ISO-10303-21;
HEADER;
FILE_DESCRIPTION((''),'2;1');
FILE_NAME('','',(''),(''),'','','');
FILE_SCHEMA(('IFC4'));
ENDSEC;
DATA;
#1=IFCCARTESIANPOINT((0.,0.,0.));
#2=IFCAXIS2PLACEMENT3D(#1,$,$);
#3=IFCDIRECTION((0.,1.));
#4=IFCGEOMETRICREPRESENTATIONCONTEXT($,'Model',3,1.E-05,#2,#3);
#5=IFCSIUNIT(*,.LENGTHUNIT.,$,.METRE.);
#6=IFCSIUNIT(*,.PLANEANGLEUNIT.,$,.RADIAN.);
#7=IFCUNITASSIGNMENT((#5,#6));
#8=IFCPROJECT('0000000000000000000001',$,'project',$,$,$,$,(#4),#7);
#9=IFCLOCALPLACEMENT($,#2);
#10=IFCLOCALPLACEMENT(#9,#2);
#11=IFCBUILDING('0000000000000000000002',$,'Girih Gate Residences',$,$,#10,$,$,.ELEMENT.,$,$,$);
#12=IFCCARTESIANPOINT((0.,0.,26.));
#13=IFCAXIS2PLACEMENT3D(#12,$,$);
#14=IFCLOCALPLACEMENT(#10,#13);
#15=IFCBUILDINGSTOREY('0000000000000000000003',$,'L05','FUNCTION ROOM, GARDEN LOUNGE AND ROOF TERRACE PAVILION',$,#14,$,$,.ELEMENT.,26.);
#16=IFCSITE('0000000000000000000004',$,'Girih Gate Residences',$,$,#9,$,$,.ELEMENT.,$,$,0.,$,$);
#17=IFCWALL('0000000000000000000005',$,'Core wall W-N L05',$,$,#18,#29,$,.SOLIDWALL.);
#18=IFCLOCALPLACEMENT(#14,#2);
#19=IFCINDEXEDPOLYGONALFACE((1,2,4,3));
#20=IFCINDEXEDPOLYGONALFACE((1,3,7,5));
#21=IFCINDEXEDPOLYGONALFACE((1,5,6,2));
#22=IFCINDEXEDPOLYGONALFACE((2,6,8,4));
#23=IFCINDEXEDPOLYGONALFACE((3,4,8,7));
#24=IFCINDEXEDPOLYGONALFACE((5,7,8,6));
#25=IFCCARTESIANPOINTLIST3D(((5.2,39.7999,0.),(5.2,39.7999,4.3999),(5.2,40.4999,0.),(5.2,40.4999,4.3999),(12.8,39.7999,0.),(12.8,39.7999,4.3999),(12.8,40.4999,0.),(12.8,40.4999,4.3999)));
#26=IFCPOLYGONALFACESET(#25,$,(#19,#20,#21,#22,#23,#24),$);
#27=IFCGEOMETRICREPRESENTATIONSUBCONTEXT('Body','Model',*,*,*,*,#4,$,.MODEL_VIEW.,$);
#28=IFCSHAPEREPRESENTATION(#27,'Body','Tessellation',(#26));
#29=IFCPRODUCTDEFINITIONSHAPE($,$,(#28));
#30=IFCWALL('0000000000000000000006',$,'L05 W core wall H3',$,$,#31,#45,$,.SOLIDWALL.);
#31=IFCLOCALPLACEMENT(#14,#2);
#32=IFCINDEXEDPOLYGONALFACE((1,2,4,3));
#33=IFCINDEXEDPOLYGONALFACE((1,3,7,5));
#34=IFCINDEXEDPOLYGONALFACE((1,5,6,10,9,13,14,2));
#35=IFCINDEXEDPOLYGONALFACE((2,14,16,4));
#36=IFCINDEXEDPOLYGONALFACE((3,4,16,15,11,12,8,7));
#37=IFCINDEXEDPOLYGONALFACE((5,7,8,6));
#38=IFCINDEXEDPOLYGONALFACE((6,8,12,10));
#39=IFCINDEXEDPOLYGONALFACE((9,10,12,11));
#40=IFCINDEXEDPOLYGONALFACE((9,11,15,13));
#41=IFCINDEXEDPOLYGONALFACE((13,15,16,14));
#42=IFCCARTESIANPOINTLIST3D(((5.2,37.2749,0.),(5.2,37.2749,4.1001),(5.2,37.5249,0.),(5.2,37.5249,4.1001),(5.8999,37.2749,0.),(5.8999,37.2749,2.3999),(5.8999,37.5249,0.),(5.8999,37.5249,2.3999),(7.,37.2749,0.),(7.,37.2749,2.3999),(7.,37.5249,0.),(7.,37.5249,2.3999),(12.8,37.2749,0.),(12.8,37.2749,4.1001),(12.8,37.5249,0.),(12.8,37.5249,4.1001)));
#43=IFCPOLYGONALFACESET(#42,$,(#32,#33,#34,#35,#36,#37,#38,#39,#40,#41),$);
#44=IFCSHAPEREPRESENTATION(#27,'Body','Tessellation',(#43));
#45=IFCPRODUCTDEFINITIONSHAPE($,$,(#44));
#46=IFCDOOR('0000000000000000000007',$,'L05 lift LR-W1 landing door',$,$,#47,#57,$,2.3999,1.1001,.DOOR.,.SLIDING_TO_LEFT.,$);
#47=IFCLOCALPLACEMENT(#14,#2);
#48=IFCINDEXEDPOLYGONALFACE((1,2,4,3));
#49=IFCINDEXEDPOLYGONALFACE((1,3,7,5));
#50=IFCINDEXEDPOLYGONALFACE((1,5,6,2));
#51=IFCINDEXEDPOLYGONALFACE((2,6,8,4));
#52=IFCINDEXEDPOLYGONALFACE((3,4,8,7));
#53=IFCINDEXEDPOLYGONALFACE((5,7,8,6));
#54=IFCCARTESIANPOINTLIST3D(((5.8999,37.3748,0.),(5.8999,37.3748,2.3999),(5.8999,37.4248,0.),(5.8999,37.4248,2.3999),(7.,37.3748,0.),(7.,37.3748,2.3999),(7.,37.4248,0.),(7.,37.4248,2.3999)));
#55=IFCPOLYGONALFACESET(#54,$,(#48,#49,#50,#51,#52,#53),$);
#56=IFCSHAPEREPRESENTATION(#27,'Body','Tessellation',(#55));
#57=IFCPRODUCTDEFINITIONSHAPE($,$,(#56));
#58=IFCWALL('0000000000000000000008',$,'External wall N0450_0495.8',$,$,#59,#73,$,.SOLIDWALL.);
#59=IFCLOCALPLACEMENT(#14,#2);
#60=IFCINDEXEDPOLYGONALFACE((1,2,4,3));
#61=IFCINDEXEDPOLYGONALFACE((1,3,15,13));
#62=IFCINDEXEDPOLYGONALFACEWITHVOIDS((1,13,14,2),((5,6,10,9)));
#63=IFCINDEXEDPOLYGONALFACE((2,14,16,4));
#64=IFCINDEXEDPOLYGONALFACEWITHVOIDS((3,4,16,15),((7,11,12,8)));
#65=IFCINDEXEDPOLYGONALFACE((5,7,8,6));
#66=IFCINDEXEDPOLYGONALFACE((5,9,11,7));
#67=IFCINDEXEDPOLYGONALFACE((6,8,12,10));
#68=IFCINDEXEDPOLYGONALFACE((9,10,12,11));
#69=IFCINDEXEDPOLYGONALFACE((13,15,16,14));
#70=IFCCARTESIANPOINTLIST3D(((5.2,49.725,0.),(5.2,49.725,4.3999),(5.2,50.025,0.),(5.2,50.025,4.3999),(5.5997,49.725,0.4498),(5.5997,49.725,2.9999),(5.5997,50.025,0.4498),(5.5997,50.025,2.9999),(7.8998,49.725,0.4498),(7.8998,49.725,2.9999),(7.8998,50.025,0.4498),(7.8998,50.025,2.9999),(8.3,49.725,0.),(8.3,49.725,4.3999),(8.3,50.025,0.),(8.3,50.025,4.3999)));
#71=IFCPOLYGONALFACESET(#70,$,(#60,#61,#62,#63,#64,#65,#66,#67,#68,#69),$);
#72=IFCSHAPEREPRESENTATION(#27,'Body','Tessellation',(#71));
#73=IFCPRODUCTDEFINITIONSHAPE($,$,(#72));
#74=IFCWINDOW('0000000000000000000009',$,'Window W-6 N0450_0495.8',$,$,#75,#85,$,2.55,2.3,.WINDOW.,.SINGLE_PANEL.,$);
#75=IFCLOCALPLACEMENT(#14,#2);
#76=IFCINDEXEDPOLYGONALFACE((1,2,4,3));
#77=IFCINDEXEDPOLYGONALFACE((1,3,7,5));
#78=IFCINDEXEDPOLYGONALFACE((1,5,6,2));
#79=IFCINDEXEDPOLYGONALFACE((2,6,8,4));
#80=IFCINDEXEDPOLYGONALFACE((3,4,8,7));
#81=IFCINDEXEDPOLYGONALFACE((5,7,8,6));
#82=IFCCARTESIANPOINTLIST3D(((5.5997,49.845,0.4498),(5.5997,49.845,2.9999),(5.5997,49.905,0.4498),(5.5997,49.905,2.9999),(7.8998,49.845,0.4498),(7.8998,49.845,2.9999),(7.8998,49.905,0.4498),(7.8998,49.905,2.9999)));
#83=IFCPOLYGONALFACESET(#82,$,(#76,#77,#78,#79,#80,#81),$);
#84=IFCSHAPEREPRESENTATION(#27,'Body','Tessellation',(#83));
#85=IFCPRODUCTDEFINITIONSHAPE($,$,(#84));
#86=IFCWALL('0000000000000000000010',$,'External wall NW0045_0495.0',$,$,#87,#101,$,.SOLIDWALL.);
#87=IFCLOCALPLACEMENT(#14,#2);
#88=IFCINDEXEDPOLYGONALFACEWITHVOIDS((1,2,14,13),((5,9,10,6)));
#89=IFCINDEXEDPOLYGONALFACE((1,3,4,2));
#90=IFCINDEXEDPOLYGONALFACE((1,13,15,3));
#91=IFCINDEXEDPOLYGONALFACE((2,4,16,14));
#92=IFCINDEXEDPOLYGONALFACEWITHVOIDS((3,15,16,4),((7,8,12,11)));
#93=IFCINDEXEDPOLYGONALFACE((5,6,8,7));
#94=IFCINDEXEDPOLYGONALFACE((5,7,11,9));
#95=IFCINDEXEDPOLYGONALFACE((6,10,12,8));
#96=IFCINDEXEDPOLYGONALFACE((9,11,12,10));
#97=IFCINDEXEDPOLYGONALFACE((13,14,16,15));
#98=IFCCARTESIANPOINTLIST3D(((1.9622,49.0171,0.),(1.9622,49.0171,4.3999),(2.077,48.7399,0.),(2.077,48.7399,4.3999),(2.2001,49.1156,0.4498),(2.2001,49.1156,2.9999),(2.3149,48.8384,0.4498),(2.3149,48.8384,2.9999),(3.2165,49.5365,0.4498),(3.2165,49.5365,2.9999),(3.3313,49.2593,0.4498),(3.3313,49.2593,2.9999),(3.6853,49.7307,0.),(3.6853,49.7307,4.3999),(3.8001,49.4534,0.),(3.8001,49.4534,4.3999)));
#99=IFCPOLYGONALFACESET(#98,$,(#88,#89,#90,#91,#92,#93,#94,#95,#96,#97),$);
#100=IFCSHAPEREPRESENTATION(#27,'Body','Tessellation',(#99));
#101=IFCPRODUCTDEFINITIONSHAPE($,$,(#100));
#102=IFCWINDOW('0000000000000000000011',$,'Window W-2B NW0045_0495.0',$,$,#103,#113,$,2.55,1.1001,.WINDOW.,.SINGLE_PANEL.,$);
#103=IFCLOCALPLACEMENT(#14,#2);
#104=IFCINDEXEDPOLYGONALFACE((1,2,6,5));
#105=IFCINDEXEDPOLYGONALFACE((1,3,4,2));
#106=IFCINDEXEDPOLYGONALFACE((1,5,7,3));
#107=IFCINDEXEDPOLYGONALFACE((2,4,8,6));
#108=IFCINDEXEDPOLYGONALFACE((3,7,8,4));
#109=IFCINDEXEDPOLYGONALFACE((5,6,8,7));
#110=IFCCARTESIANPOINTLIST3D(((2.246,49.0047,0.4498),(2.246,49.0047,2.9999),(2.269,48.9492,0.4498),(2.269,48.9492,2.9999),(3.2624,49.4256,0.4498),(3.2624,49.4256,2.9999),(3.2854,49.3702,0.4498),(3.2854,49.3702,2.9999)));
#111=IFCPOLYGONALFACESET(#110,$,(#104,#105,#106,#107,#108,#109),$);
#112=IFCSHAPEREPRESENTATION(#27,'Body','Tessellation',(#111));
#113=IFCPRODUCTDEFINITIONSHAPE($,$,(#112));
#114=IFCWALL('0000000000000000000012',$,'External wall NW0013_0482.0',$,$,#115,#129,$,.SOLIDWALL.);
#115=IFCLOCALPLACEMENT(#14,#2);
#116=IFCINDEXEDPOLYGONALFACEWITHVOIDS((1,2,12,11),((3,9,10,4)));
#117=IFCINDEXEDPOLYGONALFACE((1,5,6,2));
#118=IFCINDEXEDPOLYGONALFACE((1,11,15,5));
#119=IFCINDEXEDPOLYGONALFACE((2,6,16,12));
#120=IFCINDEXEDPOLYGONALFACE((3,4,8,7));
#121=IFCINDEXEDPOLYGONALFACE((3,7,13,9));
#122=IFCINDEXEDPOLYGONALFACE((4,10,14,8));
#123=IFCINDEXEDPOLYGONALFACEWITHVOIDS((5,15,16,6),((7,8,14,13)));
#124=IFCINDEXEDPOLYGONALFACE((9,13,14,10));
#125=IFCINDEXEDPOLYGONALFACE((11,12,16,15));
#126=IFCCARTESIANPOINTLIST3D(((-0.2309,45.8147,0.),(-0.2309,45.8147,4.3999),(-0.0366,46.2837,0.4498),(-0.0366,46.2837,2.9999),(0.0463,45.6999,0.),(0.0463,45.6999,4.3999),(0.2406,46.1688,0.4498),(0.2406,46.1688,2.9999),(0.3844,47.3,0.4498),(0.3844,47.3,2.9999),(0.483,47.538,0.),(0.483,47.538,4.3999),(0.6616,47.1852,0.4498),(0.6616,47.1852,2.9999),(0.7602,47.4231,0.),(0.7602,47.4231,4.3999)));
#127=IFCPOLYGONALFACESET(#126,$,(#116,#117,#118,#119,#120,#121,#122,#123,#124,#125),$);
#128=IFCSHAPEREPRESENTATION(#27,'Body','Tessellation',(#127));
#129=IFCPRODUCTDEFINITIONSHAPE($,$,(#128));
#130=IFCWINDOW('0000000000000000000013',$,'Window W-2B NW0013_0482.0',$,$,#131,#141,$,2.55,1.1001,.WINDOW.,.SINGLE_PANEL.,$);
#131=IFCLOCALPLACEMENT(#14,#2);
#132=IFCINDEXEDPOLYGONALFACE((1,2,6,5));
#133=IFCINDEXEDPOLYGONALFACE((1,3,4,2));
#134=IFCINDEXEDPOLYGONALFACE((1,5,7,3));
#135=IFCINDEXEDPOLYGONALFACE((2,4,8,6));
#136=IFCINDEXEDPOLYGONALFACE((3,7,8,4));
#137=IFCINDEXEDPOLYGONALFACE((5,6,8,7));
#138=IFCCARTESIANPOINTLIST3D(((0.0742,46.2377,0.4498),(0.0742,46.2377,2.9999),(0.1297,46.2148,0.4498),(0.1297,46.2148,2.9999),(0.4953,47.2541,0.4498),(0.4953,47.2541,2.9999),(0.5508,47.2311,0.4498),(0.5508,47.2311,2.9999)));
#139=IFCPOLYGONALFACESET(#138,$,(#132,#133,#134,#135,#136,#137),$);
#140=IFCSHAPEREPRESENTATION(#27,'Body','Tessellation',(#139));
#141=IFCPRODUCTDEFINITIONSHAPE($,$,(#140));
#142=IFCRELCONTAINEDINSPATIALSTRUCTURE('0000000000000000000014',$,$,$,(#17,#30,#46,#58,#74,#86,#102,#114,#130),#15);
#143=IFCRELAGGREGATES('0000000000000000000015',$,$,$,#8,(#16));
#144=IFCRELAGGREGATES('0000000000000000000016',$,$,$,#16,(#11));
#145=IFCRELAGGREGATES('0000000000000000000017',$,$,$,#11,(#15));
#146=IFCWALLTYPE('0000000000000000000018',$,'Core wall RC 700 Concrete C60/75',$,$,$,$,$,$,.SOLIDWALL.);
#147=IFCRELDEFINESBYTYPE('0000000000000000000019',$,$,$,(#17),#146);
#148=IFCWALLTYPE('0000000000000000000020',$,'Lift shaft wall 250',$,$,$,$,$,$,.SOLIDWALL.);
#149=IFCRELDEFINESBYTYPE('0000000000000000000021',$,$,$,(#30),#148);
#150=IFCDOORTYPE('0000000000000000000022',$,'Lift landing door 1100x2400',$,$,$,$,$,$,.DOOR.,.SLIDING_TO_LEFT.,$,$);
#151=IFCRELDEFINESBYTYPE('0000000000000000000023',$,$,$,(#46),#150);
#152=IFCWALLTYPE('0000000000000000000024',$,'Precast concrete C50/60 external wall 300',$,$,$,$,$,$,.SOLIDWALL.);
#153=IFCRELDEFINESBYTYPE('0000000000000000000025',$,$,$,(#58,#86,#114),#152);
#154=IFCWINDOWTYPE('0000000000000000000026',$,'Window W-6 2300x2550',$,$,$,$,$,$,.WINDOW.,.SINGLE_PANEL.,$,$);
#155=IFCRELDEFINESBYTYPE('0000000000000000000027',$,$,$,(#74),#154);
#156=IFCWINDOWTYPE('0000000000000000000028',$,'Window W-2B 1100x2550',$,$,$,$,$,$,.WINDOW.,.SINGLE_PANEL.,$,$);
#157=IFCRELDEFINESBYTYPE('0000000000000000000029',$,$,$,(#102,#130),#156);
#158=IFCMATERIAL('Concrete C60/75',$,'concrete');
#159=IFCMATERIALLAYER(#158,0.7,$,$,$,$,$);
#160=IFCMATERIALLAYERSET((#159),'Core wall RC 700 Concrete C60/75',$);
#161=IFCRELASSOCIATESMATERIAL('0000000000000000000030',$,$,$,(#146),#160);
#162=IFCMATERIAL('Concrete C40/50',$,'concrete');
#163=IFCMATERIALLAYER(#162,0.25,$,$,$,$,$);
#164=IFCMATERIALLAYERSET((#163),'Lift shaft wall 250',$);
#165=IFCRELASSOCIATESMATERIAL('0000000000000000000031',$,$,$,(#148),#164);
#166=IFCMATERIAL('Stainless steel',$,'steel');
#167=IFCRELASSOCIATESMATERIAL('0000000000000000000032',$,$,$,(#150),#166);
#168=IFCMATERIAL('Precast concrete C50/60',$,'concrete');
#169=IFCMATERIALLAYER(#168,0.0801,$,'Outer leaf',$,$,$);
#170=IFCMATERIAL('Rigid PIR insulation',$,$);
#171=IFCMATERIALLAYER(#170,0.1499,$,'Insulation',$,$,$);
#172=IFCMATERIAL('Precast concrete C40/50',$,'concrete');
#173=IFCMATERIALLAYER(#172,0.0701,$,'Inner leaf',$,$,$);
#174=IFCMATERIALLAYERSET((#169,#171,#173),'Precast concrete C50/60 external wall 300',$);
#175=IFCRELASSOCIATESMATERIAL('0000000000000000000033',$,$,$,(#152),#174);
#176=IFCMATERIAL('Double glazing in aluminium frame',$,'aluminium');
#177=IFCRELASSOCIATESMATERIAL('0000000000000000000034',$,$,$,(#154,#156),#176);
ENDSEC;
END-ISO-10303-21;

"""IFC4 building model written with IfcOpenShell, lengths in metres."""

from ifc_helpers import new_model, si_unit, direction, frame, frame_2d, origin, place, context, subcontext, project, spatial, rectangle, extrude, material, layer, layer_set, type_object, element, fill, save


model = new_model("IFC4")

# Units and contexts
model_context = context("Model", 3, precision=1e-05, world=origin(), true_north=direction((0.0, 1.0)))
body_context = subcontext(model_context, "Body", "Model", "MODEL_VIEW")
ifc_project = project(units=[si_unit("LENGTHUNIT", "METRE"), si_unit("PLANEANGLEUNIT", "RADIAN")], contexts=[model_context])

# Site, building, storey
site_placement = place(None, origin())
site = spatial("IfcSite", under=ifc_project, at=site_placement, Name="Girih Gate Residences", CompositionType="ELEMENT", RefElevation=0.0)
building_placement = place(site_placement, origin())
building = spatial("IfcBuilding", under=site, at=building_placement, Name="Girih Gate Residences", CompositionType="ELEMENT")
storey_placement = place(building_placement, frame((0.0, 0.0, 26.0)))
storey = spatial("IfcBuildingStorey", under=building, at=storey_placement, Name="L05", Description="FUNCTION ROOM, GARDEN LOUNGE AND ROOF TERRACE PAVILION", CompositionType="ELEMENT", Elevation=26.0)

# Shared definitions
ifc_material_1 = material(Name="Concrete C60/75", Category="concrete")

# Wall
ifc_layer_1 = layer(ifc_material_1, 0.7)
ifc_layer_set_1 = layer_set([ifc_layer_1], Name="Core wall RC 700 Concrete C60/75")
wall_type_1 = type_object("IfcWallType", Name="Core wall RC 700 Concrete C60/75", PredefinedType="SOLIDWALL", material=ifc_layer_set_1)
wall_1_placement = place(storey_placement, frame((5.2, 40.1499, 0.0), z_axis=(0.0, 0.0, 1.0), x_axis=(1.0, 0.0, 0.0)))
element("IfcWall", 1, at=wall_1_placement, inside=storey, type_object=wall_type_1, Name="Core wall W-N L05", PredefinedType="SOLIDWALL", context=body_context, shape_type="SweptSolid", body=[
    extrude(rectangle(XDim=7.6001, YDim=0.7, at=frame_2d((3.8, 0.0))), origin(), (0.0, 0.0, 1.0), 4.3999),
])

# Wall, opening, door
ifc_material_2 = material(Name="Concrete C40/50", Category="concrete")
ifc_layer_2 = layer(ifc_material_2, 0.25)
ifc_layer_set_2 = layer_set([ifc_layer_2], Name="Lift shaft wall 250")
wall_type_2 = type_object("IfcWallType", Name="Lift shaft wall 250", PredefinedType="SOLIDWALL", material=ifc_layer_set_2)
wall_2_placement = place(storey_placement, frame((5.2, 37.3999, 0.0), z_axis=(0.0, 0.0, 1.0), x_axis=(1.0, 0.0, 0.0)))
wall_2 = element("IfcWall", 2, at=wall_2_placement, inside=storey, type_object=wall_type_2, Name="L05 W core wall H3", PredefinedType="SOLIDWALL", context=body_context, shape_type="SweptSolid", body=[
    extrude(rectangle(XDim=7.6001, YDim=0.25, at=frame_2d((3.8, 0.0))), origin(), (0.0, 0.0, 1.0), 4.1001),
])
opening_1_placement = place(wall_2_placement, frame((0.7, 0.0, 0.0)))
opening_1 = element("IfcOpeningElement", 3, at=opening_1_placement, cuts=wall_2, PredefinedType="OPENING", context=body_context, shape_type="SweptSolid", body=[
    extrude(rectangle(XDim=1.1001, YDim=2.3999, at=frame_2d((0.55, 1.2))), frame((0.0, 0.135, 0.0), z_axis=(0.0, -1.0, 0.0), x_axis=(1.0, 0.0, 0.0)), (0.0, 0.0, 1.0), 0.27),
])
ifc_material_3 = material(Name="Stainless steel", Category="steel")
door_type_1 = type_object("IfcDoorType", Name="Lift landing door 1100x2400", OperationType="SLIDING_TO_LEFT", PredefinedType="DOOR", material=ifc_material_3)
door_1_placement = place(opening_1_placement, origin())
door_1 = element("IfcDoor", 4, at=door_1_placement, inside=storey, type_object=door_type_1, Name="L05 lift LR-W1 landing door", OperationType="SLIDING_TO_LEFT", OverallHeight=2.3999, OverallWidth=1.1001, PredefinedType="DOOR", context=body_context, shape_type="SweptSolid", body=[
    extrude(rectangle(XDim=1.1001, YDim=2.3999, at=frame_2d((0.55, 1.2))), frame((0.0, 0.0249, 0.0), z_axis=(0.0, -1.0, 0.0), x_axis=(1.0, 0.0, 0.0)), (0.0, 0.0, 1.0), 0.05),
])
fill(opening_1, door_1)

# Walls, openings, windows
ifc_material_4 = material(Name="Precast concrete C50/60", Category="concrete")
ifc_layer_3 = layer(ifc_material_4, 0.0801, Name="Outer leaf")
ifc_material_5 = material(Name="Rigid PIR insulation")
ifc_layer_4 = layer(ifc_material_5, 0.1499, Name="Insulation")
ifc_material_6 = material(Name="Precast concrete C40/50", Category="concrete")
ifc_layer_5 = layer(ifc_material_6, 0.0701, Name="Inner leaf")
ifc_layer_set_3 = layer_set([ifc_layer_3, ifc_layer_4, ifc_layer_5], Name="Precast concrete C50/60 external wall 300")
wall_type_3 = type_object("IfcWallType", Name="Precast concrete C50/60 external wall 300", PredefinedType="SOLIDWALL", material=ifc_layer_set_3)
wall_3_placement = place(storey_placement, frame((5.2, 49.875, 0.0), z_axis=(0.0, 0.0, 1.0), x_axis=(1.0, 0.0, 0.0)))
wall_3 = element("IfcWall", 5, at=wall_3_placement, inside=storey, type_object=wall_type_3, Name="External wall N0450_0495.8", PredefinedType="SOLIDWALL", context=body_context, shape_type="SweptSolid", body=[
    extrude(rectangle(XDim=3.1001, YDim=0.3, at=frame_2d((1.55, 0.0))), origin(), (0.0, 0.0, 1.0), 4.3999),
])
opening_2_placement = place(wall_3_placement, frame((0.3999, 0.0, 0.45)))
opening_2 = element("IfcOpeningElement", 6, at=opening_2_placement, cuts=wall_3, PredefinedType="OPENING", context=body_context, shape_type="SweptSolid", body=[
    extrude(rectangle(XDim=2.3, YDim=2.55, at=frame_2d((1.1499, 1.2749))), frame((0.0, 0.1599, 0.0), z_axis=(0.0, -1.0, 0.0), x_axis=(1.0, 0.0, 0.0)), (0.0, 0.0, 1.0), 0.3201),
])
ifc_material_7 = material(Name="Double glazing in aluminium frame", Category="aluminium")
window_type_1 = type_object("IfcWindowType", Name="Window W-6 2300x2550", PartitioningType="SINGLE_PANEL", PredefinedType="WINDOW", material=ifc_material_7)
window_1_placement = place(opening_2_placement, origin())
window_1 = element("IfcWindow", 7, at=window_1_placement, inside=storey, type_object=window_type_1, Name="Window W-6 N0450_0495.8", OverallHeight=2.55, OverallWidth=2.3, PartitioningType="SINGLE_PANEL", PredefinedType="WINDOW", context=body_context, shape_type="SweptSolid", body=[
    extrude(rectangle(XDim=2.3, YDim=2.55, at=frame_2d((1.1499, 1.2749))), frame((0.0, 0.03, 0.0), z_axis=(0.0, -1.0, 0.0), x_axis=(1.0, 0.0, 0.0)), (0.0, 0.0, 1.0), 0.0601),
])
fill(opening_2, window_1)
wall_4_placement = place(storey_placement, frame((2.0195, 48.8784, 0.0), z_axis=(0.0, 0.0, 1.0), x_axis=(0.923904, 0.382625, 0.0)))
wall_4 = element("IfcWall", 8, at=wall_4_placement, inside=storey, type_object=wall_type_3, Name="External wall NW0045_0495.0", PredefinedType="SOLIDWALL", context=body_context, shape_type="SweptSolid", body=[
    extrude(rectangle(XDim=1.865, YDim=0.3, at=frame_2d((0.9326, 0.0))), origin(), (0.0, 0.0, 1.0), 4.3999),
])
opening_3_placement = place(wall_4_placement, frame((0.2576, 0.0, 0.45)))
opening_3 = element("IfcOpeningElement", 9, at=opening_3_placement, cuts=wall_4, PredefinedType="OPENING", context=body_context, shape_type="SweptSolid", body=[
    extrude(rectangle(XDim=1.1001, YDim=2.55, at=frame_2d((0.55, 1.2749))), frame((0.0, 0.1599, 0.0), z_axis=(0.0, -1.0, 0.0), x_axis=(1.0, 0.0, 0.0)), (0.0, 0.0, 1.0), 0.3201),
])
window_type_2 = type_object("IfcWindowType", Name="Window W-2B 1100x2550", PartitioningType="SINGLE_PANEL", PredefinedType="WINDOW", material=ifc_material_7)
window_2_placement = place(opening_3_placement, origin())
window_2 = element("IfcWindow", 10, at=window_2_placement, inside=storey, type_object=window_type_2, Name="Window W-2B NW0045_0495.0", OverallHeight=2.55, OverallWidth=1.1001, PartitioningType="SINGLE_PANEL", PredefinedType="WINDOW", context=body_context, shape_type="SweptSolid", body=[
    extrude(rectangle(XDim=1.1001, YDim=2.55, at=frame_2d((0.55, 1.2749))), frame((0.0, 0.03, 0.0), z_axis=(0.0, -1.0, 0.0), x_axis=(1.0, 0.0, 0.0)), (0.0, 0.0, 1.0), 0.0601),
])
fill(opening_3, window_2)
wall_5_placement = place(storey_placement, frame((-0.0923, 45.7573, 0.0), z_axis=(0.0, 0.0, 1.0), x_axis=(0.382737, 0.923857, 0.0)))
wall_5 = element("IfcWall", 11, at=wall_5_placement, inside=storey, type_object=wall_type_3, Name="External wall NW0013_0482.0", PredefinedType="SOLIDWALL", context=body_context, shape_type="SweptSolid", body=[
    extrude(rectangle(XDim=1.8652, YDim=0.3, at=frame_2d((0.9326, 0.0))), origin(), (0.0, 0.0, 1.0), 4.3999),
])
opening_4_placement = place(wall_5_placement, frame((0.5076, 0.0, 0.45)))
opening_4 = element("IfcOpeningElement", 12, at=opening_4_placement, cuts=wall_5, PredefinedType="OPENING", context=body_context, shape_type="SweptSolid", body=[
    extrude(rectangle(XDim=1.1001, YDim=2.55, at=frame_2d((0.55, 1.2749))), frame((0.0, 0.1599, 0.0), z_axis=(0.0, -1.0, 0.0), x_axis=(1.0, 0.0, 0.0)), (0.0, 0.0, 1.0), 0.3201),
])
window_3_placement = place(opening_4_placement, origin())
window_3 = element("IfcWindow", 13, at=window_3_placement, inside=storey, type_object=window_type_2, Name="Window W-2B NW0013_0482.0", OverallHeight=2.55, OverallWidth=1.1001, PartitioningType="SINGLE_PANEL", PredefinedType="WINDOW", context=body_context, shape_type="SweptSolid", body=[
    extrude(rectangle(XDim=1.1001, YDim=2.55, at=frame_2d((0.55, 1.2749))), frame((0.0, 0.03, 0.0), z_axis=(0.0, -1.0, 0.0), x_axis=(1.0, 0.0, 0.0)), (0.0, 0.0, 1.0), 0.0601),
])
fill(opening_4, window_3)

save(model, "model.ifc")
